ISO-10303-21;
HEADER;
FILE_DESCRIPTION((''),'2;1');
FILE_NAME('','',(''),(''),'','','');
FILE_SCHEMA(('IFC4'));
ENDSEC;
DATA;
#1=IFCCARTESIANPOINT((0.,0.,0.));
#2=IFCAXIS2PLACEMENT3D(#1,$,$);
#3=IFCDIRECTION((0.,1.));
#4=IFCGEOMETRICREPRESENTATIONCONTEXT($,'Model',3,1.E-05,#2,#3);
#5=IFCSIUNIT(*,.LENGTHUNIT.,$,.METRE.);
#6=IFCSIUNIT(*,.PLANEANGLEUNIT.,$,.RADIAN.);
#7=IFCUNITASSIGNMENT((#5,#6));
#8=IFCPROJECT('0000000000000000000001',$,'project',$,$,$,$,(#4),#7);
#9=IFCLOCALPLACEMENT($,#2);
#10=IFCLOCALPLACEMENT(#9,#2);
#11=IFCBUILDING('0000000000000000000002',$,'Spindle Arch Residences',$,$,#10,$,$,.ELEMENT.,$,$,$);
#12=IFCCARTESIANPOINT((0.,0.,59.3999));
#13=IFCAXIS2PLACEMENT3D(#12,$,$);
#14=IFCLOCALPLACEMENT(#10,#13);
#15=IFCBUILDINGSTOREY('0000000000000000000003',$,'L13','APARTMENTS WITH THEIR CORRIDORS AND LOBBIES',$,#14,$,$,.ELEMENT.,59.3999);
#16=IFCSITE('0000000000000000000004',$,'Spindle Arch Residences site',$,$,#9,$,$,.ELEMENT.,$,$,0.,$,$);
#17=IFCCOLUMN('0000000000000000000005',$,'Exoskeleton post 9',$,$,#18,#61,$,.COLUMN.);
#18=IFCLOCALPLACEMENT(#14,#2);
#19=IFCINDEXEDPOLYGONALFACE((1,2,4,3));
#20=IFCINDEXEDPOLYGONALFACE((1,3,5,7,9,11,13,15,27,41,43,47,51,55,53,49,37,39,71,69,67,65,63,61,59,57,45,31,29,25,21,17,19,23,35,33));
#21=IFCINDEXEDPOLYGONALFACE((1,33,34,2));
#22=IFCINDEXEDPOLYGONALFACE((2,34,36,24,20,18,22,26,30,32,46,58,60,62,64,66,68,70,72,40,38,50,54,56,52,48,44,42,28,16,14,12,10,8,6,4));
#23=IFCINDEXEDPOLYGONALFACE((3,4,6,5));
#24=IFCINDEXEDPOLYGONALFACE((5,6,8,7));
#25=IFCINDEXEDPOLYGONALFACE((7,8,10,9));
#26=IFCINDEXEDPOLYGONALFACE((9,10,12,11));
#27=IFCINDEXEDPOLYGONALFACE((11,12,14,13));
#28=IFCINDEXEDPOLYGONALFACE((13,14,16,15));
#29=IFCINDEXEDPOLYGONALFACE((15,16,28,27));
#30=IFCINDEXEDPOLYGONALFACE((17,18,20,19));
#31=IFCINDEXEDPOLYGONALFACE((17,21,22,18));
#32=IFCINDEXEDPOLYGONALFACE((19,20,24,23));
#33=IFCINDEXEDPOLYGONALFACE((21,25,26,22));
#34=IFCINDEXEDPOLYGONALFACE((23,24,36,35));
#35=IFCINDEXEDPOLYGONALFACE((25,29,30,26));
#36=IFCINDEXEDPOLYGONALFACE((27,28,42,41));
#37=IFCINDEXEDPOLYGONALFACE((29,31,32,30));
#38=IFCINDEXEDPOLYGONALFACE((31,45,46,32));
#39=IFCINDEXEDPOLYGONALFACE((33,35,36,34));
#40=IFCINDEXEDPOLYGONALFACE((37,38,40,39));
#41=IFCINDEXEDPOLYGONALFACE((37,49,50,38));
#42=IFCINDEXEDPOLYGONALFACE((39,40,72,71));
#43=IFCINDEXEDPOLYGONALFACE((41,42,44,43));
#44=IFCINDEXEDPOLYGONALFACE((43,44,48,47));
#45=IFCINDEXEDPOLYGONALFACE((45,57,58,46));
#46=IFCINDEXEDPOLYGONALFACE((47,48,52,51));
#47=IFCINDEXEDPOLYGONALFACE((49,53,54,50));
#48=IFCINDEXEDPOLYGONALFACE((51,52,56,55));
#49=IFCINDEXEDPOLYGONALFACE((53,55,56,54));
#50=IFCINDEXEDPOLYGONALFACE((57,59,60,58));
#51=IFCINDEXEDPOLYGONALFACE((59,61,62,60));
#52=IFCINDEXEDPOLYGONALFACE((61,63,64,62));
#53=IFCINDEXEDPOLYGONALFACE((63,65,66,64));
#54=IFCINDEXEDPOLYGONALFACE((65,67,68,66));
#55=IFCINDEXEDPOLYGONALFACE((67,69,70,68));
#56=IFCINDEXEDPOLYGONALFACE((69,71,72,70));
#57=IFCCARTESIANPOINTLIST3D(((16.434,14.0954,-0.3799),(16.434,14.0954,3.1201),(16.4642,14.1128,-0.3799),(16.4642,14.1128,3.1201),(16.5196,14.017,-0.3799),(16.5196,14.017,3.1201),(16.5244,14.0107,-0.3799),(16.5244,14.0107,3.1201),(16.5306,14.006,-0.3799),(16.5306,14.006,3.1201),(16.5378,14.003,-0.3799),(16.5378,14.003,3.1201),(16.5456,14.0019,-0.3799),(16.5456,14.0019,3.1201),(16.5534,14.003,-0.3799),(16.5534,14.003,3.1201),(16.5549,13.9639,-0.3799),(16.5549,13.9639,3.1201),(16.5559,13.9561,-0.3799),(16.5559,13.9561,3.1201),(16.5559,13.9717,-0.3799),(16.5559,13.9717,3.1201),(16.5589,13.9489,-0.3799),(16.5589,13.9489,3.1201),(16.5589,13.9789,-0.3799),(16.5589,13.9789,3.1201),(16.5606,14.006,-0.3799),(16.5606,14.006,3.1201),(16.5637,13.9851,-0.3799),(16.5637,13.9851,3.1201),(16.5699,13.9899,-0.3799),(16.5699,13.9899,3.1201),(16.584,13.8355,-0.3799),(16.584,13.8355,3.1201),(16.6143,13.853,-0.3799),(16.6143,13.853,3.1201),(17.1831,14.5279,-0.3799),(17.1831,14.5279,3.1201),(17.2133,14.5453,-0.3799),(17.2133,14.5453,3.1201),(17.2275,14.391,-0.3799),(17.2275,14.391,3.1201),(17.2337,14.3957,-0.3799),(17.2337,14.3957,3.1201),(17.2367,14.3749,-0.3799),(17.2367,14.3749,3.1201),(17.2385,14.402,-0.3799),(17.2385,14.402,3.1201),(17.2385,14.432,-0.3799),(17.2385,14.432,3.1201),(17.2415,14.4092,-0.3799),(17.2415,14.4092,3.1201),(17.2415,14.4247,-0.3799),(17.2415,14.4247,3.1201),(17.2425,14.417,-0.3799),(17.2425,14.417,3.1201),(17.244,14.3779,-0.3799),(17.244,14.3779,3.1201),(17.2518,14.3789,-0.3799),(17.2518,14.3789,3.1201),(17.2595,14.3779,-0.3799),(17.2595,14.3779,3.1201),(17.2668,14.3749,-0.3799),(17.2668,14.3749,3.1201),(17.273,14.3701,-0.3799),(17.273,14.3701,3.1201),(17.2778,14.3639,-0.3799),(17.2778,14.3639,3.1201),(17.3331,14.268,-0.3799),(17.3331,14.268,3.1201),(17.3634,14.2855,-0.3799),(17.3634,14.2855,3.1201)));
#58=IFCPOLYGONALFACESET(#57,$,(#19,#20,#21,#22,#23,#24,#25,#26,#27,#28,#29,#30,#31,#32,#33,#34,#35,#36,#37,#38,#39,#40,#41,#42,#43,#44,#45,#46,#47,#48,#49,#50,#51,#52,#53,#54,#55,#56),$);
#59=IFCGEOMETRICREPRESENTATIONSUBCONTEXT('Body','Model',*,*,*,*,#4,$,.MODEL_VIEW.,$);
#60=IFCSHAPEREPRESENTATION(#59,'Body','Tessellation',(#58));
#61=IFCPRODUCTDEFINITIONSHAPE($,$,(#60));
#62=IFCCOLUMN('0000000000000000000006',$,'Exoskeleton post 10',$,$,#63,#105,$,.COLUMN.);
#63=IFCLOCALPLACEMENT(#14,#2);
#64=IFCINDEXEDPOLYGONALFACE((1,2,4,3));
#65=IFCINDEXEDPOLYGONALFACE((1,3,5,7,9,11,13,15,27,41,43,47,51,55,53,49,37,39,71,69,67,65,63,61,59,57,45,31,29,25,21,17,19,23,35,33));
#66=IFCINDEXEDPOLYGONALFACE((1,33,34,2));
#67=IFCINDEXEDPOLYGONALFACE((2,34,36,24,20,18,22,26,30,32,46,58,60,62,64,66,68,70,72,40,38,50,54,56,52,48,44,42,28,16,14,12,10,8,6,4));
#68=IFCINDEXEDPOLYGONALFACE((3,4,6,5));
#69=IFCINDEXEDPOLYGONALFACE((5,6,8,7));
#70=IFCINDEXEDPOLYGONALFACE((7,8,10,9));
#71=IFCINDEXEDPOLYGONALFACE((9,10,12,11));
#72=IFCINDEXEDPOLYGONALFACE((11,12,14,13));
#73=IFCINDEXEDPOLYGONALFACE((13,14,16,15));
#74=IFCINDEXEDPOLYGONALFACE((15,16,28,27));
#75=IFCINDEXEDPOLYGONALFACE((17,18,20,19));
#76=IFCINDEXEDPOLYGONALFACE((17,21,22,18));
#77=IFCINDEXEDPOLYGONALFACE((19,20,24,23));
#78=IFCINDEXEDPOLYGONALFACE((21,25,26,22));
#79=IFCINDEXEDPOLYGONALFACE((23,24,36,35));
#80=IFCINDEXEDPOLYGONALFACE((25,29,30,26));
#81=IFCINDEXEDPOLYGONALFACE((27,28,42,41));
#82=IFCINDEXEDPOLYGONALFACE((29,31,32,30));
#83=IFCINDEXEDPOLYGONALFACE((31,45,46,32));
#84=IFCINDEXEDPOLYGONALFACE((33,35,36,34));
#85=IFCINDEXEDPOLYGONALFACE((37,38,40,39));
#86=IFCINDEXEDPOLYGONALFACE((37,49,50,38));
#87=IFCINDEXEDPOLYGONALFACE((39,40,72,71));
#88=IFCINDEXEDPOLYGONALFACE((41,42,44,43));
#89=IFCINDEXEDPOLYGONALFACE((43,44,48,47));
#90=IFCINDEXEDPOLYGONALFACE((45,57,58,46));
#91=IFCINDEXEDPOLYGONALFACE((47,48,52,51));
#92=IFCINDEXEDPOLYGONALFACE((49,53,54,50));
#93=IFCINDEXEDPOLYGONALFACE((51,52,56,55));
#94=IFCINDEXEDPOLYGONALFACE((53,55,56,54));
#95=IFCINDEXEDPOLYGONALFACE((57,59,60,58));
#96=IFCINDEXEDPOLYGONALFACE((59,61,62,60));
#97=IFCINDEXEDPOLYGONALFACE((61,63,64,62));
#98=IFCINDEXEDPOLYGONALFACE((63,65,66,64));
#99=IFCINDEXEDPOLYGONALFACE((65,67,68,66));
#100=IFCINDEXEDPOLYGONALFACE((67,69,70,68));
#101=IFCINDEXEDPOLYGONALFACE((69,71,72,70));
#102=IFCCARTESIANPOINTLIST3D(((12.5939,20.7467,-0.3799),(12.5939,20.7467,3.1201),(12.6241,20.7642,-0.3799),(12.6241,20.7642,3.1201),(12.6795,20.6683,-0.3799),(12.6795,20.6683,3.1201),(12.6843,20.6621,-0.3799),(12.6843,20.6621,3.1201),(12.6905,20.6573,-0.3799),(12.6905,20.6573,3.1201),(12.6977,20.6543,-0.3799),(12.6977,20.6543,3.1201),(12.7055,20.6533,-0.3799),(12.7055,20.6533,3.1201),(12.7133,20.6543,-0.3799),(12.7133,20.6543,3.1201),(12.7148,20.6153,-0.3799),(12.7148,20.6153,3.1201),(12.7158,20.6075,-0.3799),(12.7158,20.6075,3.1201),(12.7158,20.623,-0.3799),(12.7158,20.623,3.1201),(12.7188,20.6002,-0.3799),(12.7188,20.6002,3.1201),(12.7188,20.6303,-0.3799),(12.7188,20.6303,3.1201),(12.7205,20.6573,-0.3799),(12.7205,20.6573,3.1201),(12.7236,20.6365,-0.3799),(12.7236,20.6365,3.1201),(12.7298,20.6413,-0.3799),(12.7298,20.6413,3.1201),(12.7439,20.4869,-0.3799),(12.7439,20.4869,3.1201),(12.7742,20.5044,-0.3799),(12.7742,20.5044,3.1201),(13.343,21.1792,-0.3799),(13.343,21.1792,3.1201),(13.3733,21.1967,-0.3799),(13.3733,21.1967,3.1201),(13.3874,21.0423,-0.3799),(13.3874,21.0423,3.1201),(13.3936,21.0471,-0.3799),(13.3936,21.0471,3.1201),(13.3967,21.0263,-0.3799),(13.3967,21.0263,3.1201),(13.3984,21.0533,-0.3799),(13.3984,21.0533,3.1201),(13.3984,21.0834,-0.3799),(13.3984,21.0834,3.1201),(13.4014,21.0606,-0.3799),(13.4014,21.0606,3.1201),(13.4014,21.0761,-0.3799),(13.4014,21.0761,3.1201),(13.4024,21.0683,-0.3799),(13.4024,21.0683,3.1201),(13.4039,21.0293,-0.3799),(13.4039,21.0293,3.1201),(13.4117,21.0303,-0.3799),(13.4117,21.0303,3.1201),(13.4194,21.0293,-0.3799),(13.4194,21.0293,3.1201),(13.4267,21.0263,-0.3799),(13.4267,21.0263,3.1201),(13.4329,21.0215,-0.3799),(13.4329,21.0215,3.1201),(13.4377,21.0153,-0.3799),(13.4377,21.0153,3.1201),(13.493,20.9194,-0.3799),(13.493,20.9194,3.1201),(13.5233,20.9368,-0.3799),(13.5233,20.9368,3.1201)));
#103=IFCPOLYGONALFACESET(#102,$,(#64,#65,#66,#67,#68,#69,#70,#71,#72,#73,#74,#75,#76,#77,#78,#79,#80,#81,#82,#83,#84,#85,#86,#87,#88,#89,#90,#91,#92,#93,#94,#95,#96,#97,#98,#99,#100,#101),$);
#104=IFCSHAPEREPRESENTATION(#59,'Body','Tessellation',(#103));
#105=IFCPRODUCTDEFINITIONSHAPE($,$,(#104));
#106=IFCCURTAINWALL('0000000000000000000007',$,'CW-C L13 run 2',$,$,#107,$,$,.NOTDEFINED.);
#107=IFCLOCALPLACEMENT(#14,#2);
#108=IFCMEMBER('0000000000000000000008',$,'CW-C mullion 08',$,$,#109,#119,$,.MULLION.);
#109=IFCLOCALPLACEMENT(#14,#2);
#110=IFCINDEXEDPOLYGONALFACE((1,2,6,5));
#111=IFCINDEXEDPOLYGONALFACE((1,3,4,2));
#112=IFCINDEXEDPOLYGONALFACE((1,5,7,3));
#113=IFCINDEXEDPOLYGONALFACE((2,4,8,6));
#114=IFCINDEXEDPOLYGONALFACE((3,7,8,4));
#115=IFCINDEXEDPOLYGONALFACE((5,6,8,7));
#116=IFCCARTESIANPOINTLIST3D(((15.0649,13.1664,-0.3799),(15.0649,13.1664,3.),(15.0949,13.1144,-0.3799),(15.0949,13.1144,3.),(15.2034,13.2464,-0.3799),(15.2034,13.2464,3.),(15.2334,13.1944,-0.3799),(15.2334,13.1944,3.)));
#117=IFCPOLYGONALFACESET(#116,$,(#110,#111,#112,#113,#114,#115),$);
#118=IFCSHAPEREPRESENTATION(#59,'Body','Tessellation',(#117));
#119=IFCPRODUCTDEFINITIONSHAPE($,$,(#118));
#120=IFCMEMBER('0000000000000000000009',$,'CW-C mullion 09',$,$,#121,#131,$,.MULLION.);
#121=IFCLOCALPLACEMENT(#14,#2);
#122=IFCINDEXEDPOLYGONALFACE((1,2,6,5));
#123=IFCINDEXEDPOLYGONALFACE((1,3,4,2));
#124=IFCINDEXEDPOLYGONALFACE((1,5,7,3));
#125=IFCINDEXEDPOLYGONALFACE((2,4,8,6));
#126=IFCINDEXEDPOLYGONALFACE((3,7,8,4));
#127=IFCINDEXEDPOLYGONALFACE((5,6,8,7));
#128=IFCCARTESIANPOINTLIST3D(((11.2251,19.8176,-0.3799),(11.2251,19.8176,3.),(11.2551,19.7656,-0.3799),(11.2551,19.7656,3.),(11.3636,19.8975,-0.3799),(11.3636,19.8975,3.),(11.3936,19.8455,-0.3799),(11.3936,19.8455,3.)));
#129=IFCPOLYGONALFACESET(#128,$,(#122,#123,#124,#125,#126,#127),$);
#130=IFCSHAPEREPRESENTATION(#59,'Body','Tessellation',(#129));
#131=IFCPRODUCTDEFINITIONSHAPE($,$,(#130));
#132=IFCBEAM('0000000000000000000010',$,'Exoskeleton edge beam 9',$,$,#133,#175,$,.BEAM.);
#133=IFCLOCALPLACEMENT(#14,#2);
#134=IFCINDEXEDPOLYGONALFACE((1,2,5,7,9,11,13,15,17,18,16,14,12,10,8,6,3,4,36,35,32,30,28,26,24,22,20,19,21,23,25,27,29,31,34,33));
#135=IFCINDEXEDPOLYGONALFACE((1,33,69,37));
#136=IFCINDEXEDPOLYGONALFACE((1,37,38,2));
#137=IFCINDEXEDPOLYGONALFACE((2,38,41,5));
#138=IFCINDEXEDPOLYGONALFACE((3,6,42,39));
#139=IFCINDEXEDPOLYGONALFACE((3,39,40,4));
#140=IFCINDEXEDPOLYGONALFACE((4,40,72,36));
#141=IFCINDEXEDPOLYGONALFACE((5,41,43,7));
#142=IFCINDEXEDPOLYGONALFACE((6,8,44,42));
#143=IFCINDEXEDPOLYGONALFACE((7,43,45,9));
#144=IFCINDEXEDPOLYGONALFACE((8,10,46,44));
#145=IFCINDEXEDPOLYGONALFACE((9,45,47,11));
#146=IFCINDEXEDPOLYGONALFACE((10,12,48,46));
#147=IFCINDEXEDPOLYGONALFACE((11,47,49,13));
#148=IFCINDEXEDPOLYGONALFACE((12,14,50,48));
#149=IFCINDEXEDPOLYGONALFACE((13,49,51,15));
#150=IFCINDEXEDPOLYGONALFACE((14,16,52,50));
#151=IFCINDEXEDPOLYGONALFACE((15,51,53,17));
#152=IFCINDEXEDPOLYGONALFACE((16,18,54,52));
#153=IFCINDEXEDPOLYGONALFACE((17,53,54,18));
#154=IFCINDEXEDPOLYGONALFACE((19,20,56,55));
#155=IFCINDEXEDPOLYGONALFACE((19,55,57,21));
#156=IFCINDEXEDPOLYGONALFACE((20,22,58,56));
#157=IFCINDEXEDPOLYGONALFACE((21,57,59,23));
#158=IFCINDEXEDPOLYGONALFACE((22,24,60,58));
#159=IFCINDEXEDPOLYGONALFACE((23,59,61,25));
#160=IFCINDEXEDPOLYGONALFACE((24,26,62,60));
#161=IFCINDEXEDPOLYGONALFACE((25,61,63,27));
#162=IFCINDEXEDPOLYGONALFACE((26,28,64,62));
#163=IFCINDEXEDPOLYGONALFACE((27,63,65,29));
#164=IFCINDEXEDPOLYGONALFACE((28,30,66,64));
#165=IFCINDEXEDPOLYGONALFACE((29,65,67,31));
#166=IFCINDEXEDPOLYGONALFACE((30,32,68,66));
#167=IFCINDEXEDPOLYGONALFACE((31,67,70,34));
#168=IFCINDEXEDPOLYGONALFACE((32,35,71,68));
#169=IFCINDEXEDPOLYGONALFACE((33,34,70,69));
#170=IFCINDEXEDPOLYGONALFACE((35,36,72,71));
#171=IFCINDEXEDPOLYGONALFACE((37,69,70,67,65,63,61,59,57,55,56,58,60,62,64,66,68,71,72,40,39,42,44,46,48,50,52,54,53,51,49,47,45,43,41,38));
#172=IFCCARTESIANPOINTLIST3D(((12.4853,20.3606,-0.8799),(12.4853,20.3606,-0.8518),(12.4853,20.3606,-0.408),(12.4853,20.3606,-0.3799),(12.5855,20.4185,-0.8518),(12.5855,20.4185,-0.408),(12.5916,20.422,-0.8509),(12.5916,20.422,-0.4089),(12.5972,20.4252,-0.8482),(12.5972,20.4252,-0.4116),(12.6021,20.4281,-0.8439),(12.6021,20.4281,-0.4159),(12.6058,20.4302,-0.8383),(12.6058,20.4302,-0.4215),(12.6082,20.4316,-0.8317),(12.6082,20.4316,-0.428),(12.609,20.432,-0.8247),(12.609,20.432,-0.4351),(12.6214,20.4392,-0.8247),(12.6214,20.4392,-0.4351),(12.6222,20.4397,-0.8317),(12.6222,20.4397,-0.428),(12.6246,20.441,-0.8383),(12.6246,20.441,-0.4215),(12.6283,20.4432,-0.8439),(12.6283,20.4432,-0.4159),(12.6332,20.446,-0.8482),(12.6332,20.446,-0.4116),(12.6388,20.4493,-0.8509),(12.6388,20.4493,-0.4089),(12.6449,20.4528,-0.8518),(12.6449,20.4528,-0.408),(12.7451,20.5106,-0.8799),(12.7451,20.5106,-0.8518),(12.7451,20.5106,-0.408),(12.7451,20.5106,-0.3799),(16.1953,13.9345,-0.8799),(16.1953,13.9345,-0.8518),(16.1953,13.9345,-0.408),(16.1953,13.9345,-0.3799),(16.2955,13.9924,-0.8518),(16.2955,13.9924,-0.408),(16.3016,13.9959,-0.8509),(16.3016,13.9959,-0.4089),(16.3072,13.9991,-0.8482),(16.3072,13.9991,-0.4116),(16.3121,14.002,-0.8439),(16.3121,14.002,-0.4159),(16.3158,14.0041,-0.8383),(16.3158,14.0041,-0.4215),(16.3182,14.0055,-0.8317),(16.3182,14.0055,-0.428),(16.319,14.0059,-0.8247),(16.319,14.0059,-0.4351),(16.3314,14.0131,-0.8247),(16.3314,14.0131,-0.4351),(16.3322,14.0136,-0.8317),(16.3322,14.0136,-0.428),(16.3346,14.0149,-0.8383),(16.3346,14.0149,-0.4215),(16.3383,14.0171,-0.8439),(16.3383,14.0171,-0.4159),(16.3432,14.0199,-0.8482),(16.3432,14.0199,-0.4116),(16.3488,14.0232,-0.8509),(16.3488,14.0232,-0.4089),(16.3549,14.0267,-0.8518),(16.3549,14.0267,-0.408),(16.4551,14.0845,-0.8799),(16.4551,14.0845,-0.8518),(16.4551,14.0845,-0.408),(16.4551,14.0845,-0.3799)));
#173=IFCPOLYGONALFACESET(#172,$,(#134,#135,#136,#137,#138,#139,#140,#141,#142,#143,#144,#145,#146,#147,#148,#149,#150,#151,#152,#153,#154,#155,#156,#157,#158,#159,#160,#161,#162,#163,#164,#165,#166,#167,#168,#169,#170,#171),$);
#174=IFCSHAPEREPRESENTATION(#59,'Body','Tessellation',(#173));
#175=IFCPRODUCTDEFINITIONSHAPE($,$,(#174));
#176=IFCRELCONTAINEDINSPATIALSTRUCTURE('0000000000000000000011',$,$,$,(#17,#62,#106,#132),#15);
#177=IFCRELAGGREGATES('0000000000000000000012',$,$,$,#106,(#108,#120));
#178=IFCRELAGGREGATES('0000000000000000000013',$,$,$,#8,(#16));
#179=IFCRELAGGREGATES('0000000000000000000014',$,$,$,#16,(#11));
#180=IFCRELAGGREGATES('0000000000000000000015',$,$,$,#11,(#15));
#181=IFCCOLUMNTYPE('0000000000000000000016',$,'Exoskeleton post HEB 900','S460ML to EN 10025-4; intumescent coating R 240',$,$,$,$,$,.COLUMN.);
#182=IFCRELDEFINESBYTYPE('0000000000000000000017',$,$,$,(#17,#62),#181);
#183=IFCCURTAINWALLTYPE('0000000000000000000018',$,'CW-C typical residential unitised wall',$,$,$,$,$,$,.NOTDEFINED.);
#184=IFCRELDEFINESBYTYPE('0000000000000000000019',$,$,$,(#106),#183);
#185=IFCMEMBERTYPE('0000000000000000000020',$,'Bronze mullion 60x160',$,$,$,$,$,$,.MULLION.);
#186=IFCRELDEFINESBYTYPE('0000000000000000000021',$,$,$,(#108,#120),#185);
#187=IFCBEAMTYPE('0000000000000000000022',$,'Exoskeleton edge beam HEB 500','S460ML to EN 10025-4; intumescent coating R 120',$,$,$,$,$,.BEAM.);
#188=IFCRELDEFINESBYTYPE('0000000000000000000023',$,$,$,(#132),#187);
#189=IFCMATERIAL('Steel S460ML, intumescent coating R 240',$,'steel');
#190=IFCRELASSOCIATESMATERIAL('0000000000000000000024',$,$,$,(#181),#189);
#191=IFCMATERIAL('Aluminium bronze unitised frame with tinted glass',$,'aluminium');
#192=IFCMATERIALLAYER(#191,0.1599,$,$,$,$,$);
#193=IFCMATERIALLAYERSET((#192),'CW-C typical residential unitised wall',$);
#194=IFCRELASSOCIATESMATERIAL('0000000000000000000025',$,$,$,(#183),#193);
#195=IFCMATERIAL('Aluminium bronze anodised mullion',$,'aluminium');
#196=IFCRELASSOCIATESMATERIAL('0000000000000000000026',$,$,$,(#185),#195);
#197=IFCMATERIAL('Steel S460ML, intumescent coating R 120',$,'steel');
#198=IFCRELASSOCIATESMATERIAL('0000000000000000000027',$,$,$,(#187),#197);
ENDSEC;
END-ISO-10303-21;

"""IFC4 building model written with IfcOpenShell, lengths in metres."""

from ifc_helpers import new_model, si_unit, direction, frame, origin, origin_2d, place, context, subcontext, project, spatial, rectangle, i_section, extrude, material, layer, layer_set, material_profile, profile_set, type_object, element, aggregate, save


model = new_model("IFC4")

# Units and contexts
model_context = context("Model", 3, precision=1e-05, world=origin(), true_north=direction((0.0, 1.0)))
body_context = subcontext(model_context, "Body", "Model", "MODEL_VIEW")
ifc_project = project(units=[si_unit("LENGTHUNIT", "METRE"), si_unit("PLANEANGLEUNIT", "RADIAN")], contexts=[model_context])

# Site, building, storey
site_placement = place(None, origin())
site = spatial("IfcSite", under=ifc_project, at=site_placement, Name="Spindle Arch Residences site", CompositionType="ELEMENT", RefElevation=0.0)
building_placement = place(site_placement, origin())
building = spatial("IfcBuilding", under=site, at=building_placement, Name="Spindle Arch Residences", CompositionType="ELEMENT")
storey_placement = place(building_placement, frame((0.0, 0.0, 59.3999)))
storey = spatial("IfcBuildingStorey", under=building, at=storey_placement, Name="L13", Description="APARTMENTS WITH THEIR CORRIDORS AND LOBBIES", CompositionType="ELEMENT", Elevation=59.3999)

# Columns
ifc_material_1 = material(Name="Steel S460ML, intumescent coating R 240", Category="steel")
ifc_material_profile_1 = material_profile(ifc_material_1, i_section(OverallWidth=0.3, OverallDepth=0.8999, WebThickness=0.0186, FlangeThickness=0.0349, FilletRadius=0.03, at=origin_2d()), Name="HEB 900")
ifc_profile_set_1 = profile_set([ifc_material_profile_1], Name="Steel S460ML, intumescent coating R 240")
column_type = type_object("IfcColumnType", Name="Exoskeleton post HEB 900", Description="S460ML to EN 10025-4; intumescent coating R 240", PredefinedType="COLUMN", material=ifc_profile_set_1)
for number, where, z_axis, x_axis, name in (
    (1, (16.8987, 14.1904, -0.3799), (0.0, 0.0, 1.0), (0.5, -0.866025, 0.0), "Exoskeleton post 9"),
    (2, (13.0586, 20.8418, -0.3799), (0.0, 0.0, 1.0), (0.5, -0.866025, 0.0), "Exoskeleton post 10"),
):
    element("IfcColumn", number, at=place(storey_placement, frame(where, z_axis=z_axis, x_axis=x_axis)), inside=storey, type_object=column_type, Name=name, PredefinedType="COLUMN", context=body_context, shape_type="SweptSolid", body=[
        extrude(i_section(OverallWidth=0.3, OverallDepth=0.8999, WebThickness=0.0186, FlangeThickness=0.0349, FilletRadius=0.03, at=origin_2d()), origin(), (0.0, 0.0, 1.0), 3.5),
    ])

# Curtain wall, members
ifc_material_2 = material(Name="Aluminium bronze unitised frame with tinted glass", Category="aluminium")
ifc_layer_1 = layer(ifc_material_2, 0.1599)
ifc_layer_set_1 = layer_set([ifc_layer_1], Name="CW-C typical residential unitised wall")
curtain_wall_type = type_object("IfcCurtainWallType", Name="CW-C typical residential unitised wall", PredefinedType="NOTDEFINED", material=ifc_layer_set_1)
curtain_wall_placement = place(storey_placement, origin())
curtain_wall = element("IfcCurtainWall", 3, at=curtain_wall_placement, inside=storey, type_object=curtain_wall_type, Name="CW-C L13 run 2", PredefinedType="NOTDEFINED")
ifc_material_3 = material(Name="Aluminium bronze anodised mullion", Category="aluminium")
ifc_material_profile_2 = material_profile(ifc_material_3, rectangle(XDim=0.1599, YDim=0.0601, at=origin_2d()), Name="MU 60x160")
ifc_profile_set_2 = profile_set([ifc_material_profile_2], Name="Aluminium bronze anodised mullion")
member_type = type_object("IfcMemberType", Name="Bronze mullion 60x160", PredefinedType="MULLION", material=ifc_profile_set_2)
member_1_placement = place(storey_placement, frame((15.1492, 13.1804, -0.3799), z_axis=(0.0, 0.0, 1.0), x_axis=(-0.866025, -0.5, 0.0)))
member_1 = element("IfcMember", 4, at=member_1_placement, type_object=member_type, Name="CW-C mullion 08", PredefinedType="MULLION", context=body_context, shape_type="SweptSolid", body=[
    extrude(rectangle(XDim=0.1599, YDim=0.0601, at=origin_2d()), origin(), (0.0, 0.0, 1.0), 3.3799),
])
member_2_placement = place(storey_placement, frame((11.3093, 19.8315, -0.3799), z_axis=(0.0, 0.0, 1.0), x_axis=(-0.866025, -0.5, 0.0)))
member_2 = element("IfcMember", 5, at=member_2_placement, type_object=member_type, Name="CW-C mullion 09", PredefinedType="MULLION", context=body_context, shape_type="SweptSolid", body=[
    extrude(rectangle(XDim=0.1599, YDim=0.0601, at=origin_2d()), origin(), (0.0, 0.0, 1.0), 3.3799),
])

# Beam
ifc_material_4 = material(Name="Steel S460ML, intumescent coating R 120", Category="steel")
ifc_material_profile_3 = material_profile(ifc_material_4, i_section(OverallWidth=0.3, OverallDepth=0.5, WebThickness=0.0144, FlangeThickness=0.0281, FilletRadius=0.0271, at=origin_2d()), Name="HEB 500")
ifc_profile_set_3 = profile_set([ifc_material_profile_3], Name="Steel S460ML, intumescent coating R 120")
beam_type_1 = type_object("IfcBeamType", Name="Exoskeleton edge beam HEB 500", Description="S460ML to EN 10025-4; intumescent coating R 120", PredefinedType="BEAM", material=ifc_profile_set_3)
beam_1_placement = place(storey_placement, frame((16.3252, 14.0095, -0.6299), z_axis=(-0.499989, 0.866032, 0.0), x_axis=(-0.866032, -0.499989, 0.0)))
element("IfcBeam", 6, at=beam_1_placement, inside=storey, type_object=beam_type_1, Name="Exoskeleton edge beam 9", PredefinedType="BEAM", context=body_context, shape_type="SweptSolid", body=[
    extrude(i_section(OverallWidth=0.3, OverallDepth=0.5, WebThickness=0.0144, FlangeThickness=0.0281, FilletRadius=0.0271, at=origin_2d()), origin(), (0.0, 0.0, 1.0), 7.4202),
])

aggregate(curtain_wall, [member_1, member_2])

save(model, "model.ifc")
